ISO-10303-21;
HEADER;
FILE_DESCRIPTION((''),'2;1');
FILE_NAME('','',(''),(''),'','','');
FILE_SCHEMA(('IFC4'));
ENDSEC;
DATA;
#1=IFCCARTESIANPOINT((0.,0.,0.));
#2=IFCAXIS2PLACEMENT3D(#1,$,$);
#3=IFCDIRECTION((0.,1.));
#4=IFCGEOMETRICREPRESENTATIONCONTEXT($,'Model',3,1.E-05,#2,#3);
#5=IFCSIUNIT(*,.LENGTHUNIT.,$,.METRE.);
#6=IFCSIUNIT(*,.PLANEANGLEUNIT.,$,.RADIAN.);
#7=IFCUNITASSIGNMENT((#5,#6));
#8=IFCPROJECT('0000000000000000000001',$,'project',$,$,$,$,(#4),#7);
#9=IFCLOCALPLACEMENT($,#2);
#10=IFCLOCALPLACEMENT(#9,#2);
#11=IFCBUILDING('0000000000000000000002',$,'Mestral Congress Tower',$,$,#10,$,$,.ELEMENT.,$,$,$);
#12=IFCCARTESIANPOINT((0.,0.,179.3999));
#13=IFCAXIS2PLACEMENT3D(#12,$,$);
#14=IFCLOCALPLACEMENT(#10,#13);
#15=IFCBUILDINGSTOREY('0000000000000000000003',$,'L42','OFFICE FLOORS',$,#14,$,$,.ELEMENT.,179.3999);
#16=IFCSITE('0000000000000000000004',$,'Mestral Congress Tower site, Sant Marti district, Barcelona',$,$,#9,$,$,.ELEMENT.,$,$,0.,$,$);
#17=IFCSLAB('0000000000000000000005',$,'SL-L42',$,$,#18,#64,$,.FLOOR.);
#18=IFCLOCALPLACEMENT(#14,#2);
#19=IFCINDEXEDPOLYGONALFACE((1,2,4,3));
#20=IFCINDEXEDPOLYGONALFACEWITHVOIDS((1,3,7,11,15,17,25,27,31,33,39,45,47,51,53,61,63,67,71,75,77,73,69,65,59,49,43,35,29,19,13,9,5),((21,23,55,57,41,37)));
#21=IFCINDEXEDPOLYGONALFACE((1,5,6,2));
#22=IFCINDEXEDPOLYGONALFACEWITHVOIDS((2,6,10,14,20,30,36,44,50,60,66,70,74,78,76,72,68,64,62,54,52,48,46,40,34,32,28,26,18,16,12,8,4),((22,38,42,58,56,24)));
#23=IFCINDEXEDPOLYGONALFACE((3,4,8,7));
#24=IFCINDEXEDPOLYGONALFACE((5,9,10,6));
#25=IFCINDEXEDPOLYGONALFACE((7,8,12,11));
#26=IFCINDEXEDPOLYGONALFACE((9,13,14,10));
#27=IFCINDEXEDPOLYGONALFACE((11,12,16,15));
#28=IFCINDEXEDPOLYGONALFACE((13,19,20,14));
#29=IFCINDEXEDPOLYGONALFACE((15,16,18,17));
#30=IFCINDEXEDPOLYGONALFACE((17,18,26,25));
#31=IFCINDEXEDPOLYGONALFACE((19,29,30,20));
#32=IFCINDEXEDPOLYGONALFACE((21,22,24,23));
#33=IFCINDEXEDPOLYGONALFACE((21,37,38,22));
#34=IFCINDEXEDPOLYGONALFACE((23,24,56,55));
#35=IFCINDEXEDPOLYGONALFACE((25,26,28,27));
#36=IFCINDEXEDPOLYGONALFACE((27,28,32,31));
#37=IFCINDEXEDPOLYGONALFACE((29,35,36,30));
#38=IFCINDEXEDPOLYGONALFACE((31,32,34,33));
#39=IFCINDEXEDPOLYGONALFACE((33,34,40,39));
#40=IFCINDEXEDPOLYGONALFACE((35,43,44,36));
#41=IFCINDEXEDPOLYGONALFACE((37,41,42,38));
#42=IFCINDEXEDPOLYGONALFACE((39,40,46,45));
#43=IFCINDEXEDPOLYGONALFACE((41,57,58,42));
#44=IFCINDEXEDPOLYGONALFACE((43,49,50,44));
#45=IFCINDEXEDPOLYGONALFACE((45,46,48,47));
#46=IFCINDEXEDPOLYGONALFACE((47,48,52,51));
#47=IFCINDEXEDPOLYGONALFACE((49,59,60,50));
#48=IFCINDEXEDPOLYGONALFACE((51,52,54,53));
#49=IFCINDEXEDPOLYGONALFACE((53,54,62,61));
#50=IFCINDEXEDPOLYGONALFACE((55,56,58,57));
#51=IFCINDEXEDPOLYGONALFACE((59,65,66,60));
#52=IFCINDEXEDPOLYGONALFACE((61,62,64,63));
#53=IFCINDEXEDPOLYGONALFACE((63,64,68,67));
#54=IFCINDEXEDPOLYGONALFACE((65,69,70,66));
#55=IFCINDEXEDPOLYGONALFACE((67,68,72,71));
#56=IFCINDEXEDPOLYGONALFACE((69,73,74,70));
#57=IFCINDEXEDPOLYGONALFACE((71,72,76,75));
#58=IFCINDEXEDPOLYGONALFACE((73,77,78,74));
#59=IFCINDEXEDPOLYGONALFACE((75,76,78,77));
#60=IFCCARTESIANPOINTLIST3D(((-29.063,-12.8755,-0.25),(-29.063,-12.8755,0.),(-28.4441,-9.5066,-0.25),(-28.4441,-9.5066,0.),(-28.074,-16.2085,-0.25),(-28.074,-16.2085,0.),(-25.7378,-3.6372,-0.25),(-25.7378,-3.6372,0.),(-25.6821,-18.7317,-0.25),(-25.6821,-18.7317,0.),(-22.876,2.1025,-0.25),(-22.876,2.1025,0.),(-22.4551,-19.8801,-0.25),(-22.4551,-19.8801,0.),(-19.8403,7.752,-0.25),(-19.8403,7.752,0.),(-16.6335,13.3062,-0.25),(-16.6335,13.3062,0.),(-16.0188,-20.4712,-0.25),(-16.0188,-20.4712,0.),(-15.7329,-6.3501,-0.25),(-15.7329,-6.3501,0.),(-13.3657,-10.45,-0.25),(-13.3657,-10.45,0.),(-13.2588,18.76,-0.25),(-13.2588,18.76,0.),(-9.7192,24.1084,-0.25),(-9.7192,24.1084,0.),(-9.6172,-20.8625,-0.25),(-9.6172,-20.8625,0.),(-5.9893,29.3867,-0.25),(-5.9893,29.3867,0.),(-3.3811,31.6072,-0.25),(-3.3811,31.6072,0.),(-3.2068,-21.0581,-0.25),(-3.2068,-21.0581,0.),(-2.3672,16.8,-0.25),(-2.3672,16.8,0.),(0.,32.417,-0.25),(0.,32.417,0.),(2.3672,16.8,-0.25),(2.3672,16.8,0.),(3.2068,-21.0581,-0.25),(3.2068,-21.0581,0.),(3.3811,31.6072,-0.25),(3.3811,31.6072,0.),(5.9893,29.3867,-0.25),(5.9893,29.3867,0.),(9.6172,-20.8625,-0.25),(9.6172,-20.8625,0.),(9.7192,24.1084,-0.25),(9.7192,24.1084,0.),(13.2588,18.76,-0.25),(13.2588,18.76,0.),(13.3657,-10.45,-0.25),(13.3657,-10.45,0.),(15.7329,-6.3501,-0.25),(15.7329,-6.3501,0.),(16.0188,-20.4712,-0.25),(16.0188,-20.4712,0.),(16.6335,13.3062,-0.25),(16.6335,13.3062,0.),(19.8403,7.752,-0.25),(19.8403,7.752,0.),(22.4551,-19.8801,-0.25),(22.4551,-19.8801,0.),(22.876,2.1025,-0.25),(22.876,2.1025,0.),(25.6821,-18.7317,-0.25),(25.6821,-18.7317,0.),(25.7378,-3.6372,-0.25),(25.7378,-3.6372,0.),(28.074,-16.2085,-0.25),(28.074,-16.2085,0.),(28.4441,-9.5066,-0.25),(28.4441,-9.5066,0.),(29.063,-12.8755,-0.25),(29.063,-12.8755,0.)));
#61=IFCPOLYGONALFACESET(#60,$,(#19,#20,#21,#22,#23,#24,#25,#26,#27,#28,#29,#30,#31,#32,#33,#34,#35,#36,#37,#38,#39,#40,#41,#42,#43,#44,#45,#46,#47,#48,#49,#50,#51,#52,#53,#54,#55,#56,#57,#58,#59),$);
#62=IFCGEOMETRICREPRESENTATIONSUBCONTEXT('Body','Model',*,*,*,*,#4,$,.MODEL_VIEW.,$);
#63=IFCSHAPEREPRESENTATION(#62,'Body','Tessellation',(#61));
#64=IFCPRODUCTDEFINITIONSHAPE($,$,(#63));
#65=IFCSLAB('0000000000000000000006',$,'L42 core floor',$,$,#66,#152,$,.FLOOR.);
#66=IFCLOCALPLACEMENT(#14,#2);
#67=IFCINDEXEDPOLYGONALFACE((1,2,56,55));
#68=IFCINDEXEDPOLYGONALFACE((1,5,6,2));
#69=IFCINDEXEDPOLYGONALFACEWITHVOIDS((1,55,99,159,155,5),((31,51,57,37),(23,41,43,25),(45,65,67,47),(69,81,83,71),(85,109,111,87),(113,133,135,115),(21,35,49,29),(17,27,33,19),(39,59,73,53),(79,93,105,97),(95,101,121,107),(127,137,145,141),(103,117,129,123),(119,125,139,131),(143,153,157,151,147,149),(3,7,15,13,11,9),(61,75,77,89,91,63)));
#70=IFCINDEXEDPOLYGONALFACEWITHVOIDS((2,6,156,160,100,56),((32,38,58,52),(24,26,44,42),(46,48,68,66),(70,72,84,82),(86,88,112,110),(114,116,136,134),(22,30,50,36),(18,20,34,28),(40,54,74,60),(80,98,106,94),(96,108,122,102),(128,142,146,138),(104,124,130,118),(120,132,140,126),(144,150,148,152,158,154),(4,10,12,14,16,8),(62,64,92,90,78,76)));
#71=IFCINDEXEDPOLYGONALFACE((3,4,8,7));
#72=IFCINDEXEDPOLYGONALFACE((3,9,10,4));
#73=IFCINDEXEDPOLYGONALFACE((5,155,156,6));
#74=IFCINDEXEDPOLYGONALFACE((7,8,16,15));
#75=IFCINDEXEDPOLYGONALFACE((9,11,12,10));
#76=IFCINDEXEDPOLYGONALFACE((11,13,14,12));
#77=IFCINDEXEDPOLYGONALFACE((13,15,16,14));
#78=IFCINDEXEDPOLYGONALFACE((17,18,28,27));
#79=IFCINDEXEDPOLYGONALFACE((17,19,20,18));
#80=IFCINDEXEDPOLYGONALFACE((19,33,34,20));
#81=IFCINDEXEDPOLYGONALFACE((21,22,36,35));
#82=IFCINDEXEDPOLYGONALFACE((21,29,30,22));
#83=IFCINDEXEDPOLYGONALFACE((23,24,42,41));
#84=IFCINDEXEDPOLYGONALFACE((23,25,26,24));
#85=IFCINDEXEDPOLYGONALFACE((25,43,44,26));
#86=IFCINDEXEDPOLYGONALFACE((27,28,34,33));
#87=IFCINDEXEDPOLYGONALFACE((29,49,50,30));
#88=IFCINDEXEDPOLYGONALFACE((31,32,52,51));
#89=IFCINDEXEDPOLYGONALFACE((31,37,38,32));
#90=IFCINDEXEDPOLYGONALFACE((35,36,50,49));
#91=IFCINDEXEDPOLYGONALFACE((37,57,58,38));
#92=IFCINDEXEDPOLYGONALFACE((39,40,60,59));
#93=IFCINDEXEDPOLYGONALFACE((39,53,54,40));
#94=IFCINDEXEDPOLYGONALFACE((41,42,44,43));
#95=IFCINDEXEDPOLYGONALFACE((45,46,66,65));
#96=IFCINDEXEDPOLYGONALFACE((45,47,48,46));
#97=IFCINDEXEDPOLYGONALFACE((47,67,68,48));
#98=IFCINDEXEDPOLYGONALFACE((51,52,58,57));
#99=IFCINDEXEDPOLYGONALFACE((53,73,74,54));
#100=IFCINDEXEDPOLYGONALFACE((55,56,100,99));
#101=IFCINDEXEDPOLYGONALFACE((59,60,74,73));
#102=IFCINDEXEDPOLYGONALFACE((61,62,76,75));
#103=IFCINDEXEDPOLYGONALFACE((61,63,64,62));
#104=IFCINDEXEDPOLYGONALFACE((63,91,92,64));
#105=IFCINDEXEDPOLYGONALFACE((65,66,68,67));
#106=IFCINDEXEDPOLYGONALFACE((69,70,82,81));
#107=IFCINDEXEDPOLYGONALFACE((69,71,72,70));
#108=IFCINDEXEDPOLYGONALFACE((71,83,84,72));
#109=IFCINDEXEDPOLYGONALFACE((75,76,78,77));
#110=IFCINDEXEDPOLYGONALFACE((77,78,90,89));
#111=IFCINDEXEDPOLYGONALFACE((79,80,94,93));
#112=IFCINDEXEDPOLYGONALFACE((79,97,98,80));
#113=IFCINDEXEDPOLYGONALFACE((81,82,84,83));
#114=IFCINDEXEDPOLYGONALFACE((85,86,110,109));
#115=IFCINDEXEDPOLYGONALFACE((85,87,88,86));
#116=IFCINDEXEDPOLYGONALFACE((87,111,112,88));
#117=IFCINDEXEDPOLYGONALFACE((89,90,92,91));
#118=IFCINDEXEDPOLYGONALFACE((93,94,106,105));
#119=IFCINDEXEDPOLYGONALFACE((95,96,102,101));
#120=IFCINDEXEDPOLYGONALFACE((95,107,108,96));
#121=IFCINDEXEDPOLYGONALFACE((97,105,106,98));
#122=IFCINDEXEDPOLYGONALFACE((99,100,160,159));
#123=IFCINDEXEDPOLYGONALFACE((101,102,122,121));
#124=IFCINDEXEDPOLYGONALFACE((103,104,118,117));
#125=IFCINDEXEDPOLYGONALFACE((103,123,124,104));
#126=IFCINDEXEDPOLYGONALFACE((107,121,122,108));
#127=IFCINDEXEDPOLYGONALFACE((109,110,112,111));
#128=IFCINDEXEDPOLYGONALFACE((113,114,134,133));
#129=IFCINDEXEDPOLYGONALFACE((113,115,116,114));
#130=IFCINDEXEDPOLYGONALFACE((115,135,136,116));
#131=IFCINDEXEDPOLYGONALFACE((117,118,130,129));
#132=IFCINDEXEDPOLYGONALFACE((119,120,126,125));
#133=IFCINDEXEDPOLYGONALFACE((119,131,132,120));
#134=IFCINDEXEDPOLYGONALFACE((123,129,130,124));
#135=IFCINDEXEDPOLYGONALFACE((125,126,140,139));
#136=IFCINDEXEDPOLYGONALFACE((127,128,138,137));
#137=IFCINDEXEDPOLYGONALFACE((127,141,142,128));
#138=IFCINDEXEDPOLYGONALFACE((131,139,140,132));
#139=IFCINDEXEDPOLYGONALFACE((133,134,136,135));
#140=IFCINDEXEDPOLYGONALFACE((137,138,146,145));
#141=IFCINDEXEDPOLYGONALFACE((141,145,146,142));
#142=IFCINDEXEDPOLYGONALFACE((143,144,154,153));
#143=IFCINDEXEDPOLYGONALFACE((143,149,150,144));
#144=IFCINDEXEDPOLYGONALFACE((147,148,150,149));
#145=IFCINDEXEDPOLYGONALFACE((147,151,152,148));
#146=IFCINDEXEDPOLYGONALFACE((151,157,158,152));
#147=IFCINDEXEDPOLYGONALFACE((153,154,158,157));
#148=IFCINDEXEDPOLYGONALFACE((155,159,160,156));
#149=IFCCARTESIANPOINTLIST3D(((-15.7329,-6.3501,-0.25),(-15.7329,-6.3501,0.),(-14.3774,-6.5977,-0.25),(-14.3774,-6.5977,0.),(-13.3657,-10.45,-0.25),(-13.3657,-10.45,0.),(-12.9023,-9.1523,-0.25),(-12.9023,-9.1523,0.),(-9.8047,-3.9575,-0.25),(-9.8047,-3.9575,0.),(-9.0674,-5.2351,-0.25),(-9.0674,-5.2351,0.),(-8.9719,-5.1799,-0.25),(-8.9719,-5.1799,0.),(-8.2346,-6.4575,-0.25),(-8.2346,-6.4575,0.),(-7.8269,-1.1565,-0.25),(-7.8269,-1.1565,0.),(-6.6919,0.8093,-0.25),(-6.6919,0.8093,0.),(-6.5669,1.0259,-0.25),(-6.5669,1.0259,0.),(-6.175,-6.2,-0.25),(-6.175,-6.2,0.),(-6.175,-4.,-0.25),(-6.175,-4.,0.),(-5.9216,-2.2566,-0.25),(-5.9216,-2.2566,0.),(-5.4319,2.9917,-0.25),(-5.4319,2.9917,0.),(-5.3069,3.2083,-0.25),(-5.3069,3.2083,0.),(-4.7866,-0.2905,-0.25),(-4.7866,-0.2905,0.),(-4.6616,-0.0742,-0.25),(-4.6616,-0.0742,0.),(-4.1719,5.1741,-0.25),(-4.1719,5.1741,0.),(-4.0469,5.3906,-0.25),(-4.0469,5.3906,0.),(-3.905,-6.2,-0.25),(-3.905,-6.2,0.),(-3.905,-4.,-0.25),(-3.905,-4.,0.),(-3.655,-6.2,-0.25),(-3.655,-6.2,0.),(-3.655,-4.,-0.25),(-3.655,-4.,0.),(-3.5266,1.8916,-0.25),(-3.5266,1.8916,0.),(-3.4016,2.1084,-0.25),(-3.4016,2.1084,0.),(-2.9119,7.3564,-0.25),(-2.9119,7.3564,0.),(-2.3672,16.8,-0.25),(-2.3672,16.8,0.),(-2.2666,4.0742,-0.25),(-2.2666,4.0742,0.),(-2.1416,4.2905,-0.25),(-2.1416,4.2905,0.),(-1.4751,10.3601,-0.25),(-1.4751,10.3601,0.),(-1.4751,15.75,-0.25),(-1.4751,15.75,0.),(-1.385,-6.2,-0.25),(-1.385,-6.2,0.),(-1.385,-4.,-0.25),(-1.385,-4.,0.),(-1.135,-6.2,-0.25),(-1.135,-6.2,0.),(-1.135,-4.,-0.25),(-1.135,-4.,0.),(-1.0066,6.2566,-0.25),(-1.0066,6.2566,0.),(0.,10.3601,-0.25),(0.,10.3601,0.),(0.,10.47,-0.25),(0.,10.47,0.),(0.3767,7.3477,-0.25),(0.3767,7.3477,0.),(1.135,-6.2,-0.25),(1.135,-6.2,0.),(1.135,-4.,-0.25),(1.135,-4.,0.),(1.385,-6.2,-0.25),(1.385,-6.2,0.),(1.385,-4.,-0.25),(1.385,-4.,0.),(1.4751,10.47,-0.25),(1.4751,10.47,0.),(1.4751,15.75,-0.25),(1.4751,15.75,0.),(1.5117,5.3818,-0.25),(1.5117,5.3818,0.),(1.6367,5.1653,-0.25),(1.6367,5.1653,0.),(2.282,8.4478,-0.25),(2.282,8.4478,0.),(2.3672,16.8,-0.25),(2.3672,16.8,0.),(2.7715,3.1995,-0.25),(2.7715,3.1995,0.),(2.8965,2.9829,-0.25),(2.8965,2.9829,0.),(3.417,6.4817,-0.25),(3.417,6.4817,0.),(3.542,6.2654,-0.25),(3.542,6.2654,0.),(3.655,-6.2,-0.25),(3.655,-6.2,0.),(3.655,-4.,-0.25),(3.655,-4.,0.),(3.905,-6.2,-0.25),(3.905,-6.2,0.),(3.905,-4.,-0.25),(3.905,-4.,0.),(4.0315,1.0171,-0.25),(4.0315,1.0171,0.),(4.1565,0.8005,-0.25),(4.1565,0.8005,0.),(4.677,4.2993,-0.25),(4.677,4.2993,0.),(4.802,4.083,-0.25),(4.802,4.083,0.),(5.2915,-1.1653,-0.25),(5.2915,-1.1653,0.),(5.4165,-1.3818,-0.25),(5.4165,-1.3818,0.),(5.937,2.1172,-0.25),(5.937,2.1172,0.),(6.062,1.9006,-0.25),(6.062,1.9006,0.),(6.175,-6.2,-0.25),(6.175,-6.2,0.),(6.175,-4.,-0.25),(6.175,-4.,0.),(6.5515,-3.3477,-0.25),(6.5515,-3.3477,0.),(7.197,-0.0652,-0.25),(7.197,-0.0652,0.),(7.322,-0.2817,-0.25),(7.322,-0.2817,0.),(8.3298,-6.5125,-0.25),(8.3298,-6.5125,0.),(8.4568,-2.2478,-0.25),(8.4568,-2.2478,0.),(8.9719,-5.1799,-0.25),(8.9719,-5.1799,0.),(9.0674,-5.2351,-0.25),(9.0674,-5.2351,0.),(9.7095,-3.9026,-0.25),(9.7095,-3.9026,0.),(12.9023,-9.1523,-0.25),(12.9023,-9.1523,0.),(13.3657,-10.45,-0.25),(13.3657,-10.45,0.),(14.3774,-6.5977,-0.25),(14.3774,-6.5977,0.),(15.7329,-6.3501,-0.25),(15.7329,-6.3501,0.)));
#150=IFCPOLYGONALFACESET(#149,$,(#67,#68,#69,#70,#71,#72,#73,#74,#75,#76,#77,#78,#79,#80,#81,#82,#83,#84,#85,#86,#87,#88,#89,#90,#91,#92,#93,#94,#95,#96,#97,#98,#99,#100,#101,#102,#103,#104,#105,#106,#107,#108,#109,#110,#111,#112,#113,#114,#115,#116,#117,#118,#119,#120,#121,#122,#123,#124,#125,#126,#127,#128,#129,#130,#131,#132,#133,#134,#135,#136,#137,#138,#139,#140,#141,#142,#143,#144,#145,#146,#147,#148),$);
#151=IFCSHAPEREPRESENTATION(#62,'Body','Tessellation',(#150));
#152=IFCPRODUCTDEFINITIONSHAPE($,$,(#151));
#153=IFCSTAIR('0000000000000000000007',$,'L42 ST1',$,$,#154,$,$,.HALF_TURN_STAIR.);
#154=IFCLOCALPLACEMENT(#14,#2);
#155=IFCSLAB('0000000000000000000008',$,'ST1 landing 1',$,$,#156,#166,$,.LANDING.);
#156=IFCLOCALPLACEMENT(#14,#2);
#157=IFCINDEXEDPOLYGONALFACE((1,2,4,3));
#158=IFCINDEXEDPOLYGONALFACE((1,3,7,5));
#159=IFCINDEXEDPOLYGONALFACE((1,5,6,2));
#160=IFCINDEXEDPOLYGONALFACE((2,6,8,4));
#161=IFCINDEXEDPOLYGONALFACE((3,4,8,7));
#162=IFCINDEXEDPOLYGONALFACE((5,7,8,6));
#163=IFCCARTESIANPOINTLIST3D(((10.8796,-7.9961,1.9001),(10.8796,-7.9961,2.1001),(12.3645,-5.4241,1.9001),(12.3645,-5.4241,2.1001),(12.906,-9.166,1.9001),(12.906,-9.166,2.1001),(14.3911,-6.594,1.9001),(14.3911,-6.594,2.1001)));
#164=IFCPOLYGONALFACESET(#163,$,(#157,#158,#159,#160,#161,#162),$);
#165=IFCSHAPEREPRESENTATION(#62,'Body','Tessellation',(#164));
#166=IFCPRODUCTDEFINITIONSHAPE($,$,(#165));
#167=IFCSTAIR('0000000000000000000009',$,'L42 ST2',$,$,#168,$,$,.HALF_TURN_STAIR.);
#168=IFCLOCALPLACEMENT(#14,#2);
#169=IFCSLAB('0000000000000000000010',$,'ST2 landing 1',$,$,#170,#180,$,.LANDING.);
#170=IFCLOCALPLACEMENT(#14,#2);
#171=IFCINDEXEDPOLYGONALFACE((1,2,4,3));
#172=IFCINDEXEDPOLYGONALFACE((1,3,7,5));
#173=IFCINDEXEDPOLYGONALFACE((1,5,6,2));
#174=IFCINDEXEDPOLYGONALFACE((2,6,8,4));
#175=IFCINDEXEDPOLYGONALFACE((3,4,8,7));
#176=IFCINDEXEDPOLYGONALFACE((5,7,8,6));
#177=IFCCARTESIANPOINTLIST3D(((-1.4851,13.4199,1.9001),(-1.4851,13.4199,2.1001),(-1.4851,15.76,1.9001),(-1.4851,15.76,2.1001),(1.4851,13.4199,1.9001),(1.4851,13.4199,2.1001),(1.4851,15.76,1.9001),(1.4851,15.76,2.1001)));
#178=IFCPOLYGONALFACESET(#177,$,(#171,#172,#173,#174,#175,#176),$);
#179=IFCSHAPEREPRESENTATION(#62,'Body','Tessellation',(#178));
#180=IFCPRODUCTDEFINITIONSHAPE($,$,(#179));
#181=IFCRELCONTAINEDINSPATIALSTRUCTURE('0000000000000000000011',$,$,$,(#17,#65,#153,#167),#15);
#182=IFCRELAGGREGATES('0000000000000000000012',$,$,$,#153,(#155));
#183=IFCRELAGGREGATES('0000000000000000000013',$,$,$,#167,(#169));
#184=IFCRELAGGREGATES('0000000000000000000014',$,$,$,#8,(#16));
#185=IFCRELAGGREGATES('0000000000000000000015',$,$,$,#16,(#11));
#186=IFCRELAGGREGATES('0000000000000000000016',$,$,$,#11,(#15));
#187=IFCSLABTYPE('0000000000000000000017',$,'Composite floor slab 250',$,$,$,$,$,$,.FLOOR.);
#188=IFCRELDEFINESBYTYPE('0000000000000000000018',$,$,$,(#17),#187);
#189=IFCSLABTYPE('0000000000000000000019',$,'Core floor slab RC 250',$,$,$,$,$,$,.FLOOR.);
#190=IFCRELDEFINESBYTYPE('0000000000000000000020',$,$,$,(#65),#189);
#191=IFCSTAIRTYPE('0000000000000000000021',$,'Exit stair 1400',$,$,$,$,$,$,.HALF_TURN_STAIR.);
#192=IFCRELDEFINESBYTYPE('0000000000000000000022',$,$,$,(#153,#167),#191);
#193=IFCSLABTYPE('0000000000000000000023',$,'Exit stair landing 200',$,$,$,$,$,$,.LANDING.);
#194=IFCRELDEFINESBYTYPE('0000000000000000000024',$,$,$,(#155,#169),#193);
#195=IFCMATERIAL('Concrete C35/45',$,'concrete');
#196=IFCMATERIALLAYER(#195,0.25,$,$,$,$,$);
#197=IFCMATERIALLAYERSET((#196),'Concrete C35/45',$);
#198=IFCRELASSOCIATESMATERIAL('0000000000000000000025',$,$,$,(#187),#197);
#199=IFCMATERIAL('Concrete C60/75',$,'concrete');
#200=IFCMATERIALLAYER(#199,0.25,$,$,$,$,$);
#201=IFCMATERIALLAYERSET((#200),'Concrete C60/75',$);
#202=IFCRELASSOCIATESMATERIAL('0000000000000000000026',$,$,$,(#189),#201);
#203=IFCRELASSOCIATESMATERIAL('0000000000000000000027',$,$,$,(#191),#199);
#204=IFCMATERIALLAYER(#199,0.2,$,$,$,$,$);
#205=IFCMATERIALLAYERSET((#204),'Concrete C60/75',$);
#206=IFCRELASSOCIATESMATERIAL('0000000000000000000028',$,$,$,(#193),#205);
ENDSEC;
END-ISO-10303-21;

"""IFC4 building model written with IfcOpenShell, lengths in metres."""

from ifc_helpers import new_model, si_unit, direction, frame, origin, place, context, subcontext, project, spatial, polyline, outline, extrude, material, layer, layer_set, type_object, element, aggregate, save


model = new_model("IFC4")

# Units and contexts
model_context = context("Model", 3, precision=1e-05, world=origin(), true_north=direction((0.0, 1.0)))
body_context = subcontext(model_context, "Body", "Model", "MODEL_VIEW")
ifc_project = project(units=[si_unit("LENGTHUNIT", "METRE"), si_unit("PLANEANGLEUNIT", "RADIAN")], contexts=[model_context])

# Site, building, storey
site_placement = place(None, origin())
site = spatial("IfcSite", under=ifc_project, at=site_placement, Name="Mestral Congress Tower site, Sant Marti district, Barcelona", CompositionType="ELEMENT", RefElevation=0.0)
building_placement = place(site_placement, origin())
building = spatial("IfcBuilding", under=site, at=building_placement, Name="Mestral Congress Tower", CompositionType="ELEMENT")
storey_placement = place(building_placement, frame((0.0, 0.0, 179.3999)))
storey = spatial("IfcBuildingStorey", under=building, at=storey_placement, Name="L42", Description="OFFICE FLOORS", CompositionType="ELEMENT", Elevation=179.3999)

# Slabs
ifc_material_1 = material(Name="Concrete C35/45", Category="concrete")
ifc_layer_1 = layer(ifc_material_1, 0.25)
ifc_layer_set_1 = layer_set([ifc_layer_1], Name="Concrete C35/45")
slab_type_1 = type_object("IfcSlabType", Name="Composite floor slab 250", PredefinedType="FLOOR", material=ifc_layer_set_1)
placement_1 = place(storey_placement, frame((0.0, 0.0, -0.25)))
element("IfcSlab", 1, at=placement_1, inside=storey, type_object=slab_type_1, Name="SL-L42", PredefinedType="FLOOR", context=body_context, shape_type="SweptSolid", body=[
    extrude(outline(polyline([(-22.4551, -19.8801), (-25.6821, -18.7317), (-28.074, -16.2085), (-29.063, -12.8755), (-28.4441, -9.5066), (-25.7378, -3.6372), (-22.876, 2.1025), (-19.8403, 7.752), (-16.6335, 13.3062), (-13.2588, 18.76), (-9.7192, 24.1084), (-5.9893, 29.3867), (-3.3811, 31.6072), (0.0, 32.417), (3.3811, 31.6072), (5.9893, 29.3867), (9.7192, 24.1084), (13.2588, 18.76), (16.6335, 13.3062), (19.8403, 7.752), (22.876, 2.1025), (25.7378, -3.6372), (28.4441, -9.5066), (29.063, -12.8755), (28.074, -16.2085), (25.6821, -18.7317), (22.4551, -19.8801), (16.0188, -20.4712), (9.6172, -20.8625), (3.2068, -21.0581), (-3.2068, -21.0581), (-9.6172, -20.8625), (-16.0188, -20.4712), (-22.4551, -19.8801)]), holes=[polyline([(-2.3672, 16.8), (-15.7329, -6.3501), (-13.3657, -10.45), (13.3657, -10.45), (15.7329, -6.3501), (2.3672, 16.8), (-2.3672, 16.8)])]), origin(), (0.0, 0.0, 1.0), 0.25),
])
ifc_material_2 = material(Name="Concrete C60/75", Category="concrete")
ifc_layer_2 = layer(ifc_material_2, 0.25)
ifc_layer_set_2 = layer_set([ifc_layer_2], Name="Concrete C60/75")
slab_type_2 = type_object("IfcSlabType", Name="Core floor slab RC 250", PredefinedType="FLOOR", material=ifc_layer_set_2)
element("IfcSlab", 2, at=placement_1, inside=storey, type_object=slab_type_2, Name="L42 core floor", PredefinedType="FLOOR", context=body_context, shape_type="SweptSolid", body=[
    extrude(outline(polyline([(13.3657, -10.45), (-13.3657, -10.45), (-15.7329, -6.3501), (-2.3672, 16.8), (2.3672, 16.8), (15.7329, -6.3501), (13.3657, -10.45)]), holes=[polyline([(-9.8047, -3.9575), (-14.3774, -6.5977), (-12.9023, -9.1523), (-8.2346, -6.4575), (-8.9719, -5.1799), (-9.0674, -5.2351), (-9.8047, -3.9575)]), polyline([(-3.905, -4.0), (-6.175, -4.0), (-6.175, -6.2), (-3.905, -6.2), (-3.905, -4.0)]), polyline([(-1.385, -4.0), (-3.655, -4.0), (-3.655, -6.2), (-1.385, -6.2), (-1.385, -4.0)]), polyline([(1.135, -4.0), (-1.135, -4.0), (-1.135, -6.2), (1.135, -6.2), (1.135, -4.0)]), polyline([(-5.9216, -2.2566), (-4.7866, -0.2905), (-6.6919, 0.8093), (-7.8269, -1.1565), (-5.9216, -2.2566)]), polyline([(-4.6616, -0.0742), (-3.5266, 1.8916), (-5.4319, 2.9917), (-6.5669, 1.0259), (-4.6616, -0.0742)]), polyline([(-3.4016, 2.1084), (-2.2666, 4.0742), (-4.1719, 5.1741), (-5.3069, 3.2083), (-3.4016, 2.1084)]), polyline([(-2.1416, 4.2905), (-1.0066, 6.2566), (-2.9119, 7.3564), (-4.0469, 5.3906), (-2.1416, 4.2905)]), polyline([(1.4751, 10.47), (1.4751, 15.75), (-1.4751, 15.75), (-1.4751, 10.3601), (0.0, 10.3601), (0.0, 10.47), (1.4751, 10.47)]), polyline([(8.3298, -6.5125), (12.9023, -9.1523), (14.3774, -6.5977), (9.7095, -3.9026), (8.9719, -5.1799), (9.0674, -5.2351), (8.3298, -6.5125)]), polyline([(3.655, -4.0), (1.385, -4.0), (1.385, -6.2), (3.655, -6.2), (3.655, -4.0)]), polyline([(6.175, -4.0), (3.905, -4.0), (3.905, -6.2), (6.175, -6.2), (6.175, -4.0)]), polyline([(5.4165, -1.3818), (6.5515, -3.3477), (8.4568, -2.2478), (7.322, -0.2817), (5.4165, -1.3818)]), polyline([(4.1565, 0.8005), (5.2915, -1.1653), (7.197, -0.0652), (6.062, 1.9006), (4.1565, 0.8005)]), polyline([(2.8965, 2.9829), (4.0315, 1.0171), (5.937, 2.1172), (4.802, 4.083), (2.8965, 2.9829)]), polyline([(3.542, 6.2654), (1.6367, 5.1653), (2.7715, 3.1995), (4.677, 4.2993), (3.542, 6.2654)]), polyline([(2.282, 8.4478), (0.3767, 7.3477), (1.5117, 5.3818), (3.417, 6.4817), (2.282, 8.4478)])]), origin(), (0.0, 0.0, 1.0), 0.25),
])

# Stairs, slabs
stair_type = type_object("IfcStairType", Name="Exit stair 1400", PredefinedType="HALF_TURN_STAIR", material=ifc_material_2)
placement_2 = place(storey_placement, origin())
stair_1 = element("IfcStair", 3, at=placement_2, inside=storey, type_object=stair_type, Name="L42 ST1", PredefinedType="HALF_TURN_STAIR")
ifc_layer_3 = layer(ifc_material_2, 0.2)
ifc_layer_set_3 = layer_set([ifc_layer_3], Name="Concrete C60/75")
slab_type_3 = type_object("IfcSlabType", Name="Exit stair landing 200", PredefinedType="LANDING", material=ifc_layer_set_3)
placement_3 = place(storey_placement, frame((0.0, 0.0, 1.9001)))
slab_1 = element("IfcSlab", 4, at=placement_3, type_object=slab_type_3, Name="ST1 landing 1", PredefinedType="LANDING", context=body_context, shape_type="SweptSolid", body=[
    extrude(outline(polyline([(10.8796, -7.9961), (12.3645, -5.4241), (14.3911, -6.594), (12.906, -9.166), (10.8796, -7.9961)])), origin(), (0.0, 0.0, 1.0), 0.2),
])
aggregate(stair_1, [slab_1])
stair_2 = element("IfcStair", 5, at=placement_2, inside=storey, type_object=stair_type, Name="L42 ST2", PredefinedType="HALF_TURN_STAIR")
slab_2 = element("IfcSlab", 6, at=placement_3, type_object=slab_type_3, Name="ST2 landing 1", PredefinedType="LANDING", context=body_context, shape_type="SweptSolid", body=[
    extrude(outline(polyline([(1.4851, 13.4199), (-1.4851, 13.4199), (-1.4851, 15.76), (1.4851, 15.76), (1.4851, 13.4199)])), origin(), (0.0, 0.0, 1.0), 0.2),
])
aggregate(stair_2, [slab_2])

save(model, "model.ifc")
